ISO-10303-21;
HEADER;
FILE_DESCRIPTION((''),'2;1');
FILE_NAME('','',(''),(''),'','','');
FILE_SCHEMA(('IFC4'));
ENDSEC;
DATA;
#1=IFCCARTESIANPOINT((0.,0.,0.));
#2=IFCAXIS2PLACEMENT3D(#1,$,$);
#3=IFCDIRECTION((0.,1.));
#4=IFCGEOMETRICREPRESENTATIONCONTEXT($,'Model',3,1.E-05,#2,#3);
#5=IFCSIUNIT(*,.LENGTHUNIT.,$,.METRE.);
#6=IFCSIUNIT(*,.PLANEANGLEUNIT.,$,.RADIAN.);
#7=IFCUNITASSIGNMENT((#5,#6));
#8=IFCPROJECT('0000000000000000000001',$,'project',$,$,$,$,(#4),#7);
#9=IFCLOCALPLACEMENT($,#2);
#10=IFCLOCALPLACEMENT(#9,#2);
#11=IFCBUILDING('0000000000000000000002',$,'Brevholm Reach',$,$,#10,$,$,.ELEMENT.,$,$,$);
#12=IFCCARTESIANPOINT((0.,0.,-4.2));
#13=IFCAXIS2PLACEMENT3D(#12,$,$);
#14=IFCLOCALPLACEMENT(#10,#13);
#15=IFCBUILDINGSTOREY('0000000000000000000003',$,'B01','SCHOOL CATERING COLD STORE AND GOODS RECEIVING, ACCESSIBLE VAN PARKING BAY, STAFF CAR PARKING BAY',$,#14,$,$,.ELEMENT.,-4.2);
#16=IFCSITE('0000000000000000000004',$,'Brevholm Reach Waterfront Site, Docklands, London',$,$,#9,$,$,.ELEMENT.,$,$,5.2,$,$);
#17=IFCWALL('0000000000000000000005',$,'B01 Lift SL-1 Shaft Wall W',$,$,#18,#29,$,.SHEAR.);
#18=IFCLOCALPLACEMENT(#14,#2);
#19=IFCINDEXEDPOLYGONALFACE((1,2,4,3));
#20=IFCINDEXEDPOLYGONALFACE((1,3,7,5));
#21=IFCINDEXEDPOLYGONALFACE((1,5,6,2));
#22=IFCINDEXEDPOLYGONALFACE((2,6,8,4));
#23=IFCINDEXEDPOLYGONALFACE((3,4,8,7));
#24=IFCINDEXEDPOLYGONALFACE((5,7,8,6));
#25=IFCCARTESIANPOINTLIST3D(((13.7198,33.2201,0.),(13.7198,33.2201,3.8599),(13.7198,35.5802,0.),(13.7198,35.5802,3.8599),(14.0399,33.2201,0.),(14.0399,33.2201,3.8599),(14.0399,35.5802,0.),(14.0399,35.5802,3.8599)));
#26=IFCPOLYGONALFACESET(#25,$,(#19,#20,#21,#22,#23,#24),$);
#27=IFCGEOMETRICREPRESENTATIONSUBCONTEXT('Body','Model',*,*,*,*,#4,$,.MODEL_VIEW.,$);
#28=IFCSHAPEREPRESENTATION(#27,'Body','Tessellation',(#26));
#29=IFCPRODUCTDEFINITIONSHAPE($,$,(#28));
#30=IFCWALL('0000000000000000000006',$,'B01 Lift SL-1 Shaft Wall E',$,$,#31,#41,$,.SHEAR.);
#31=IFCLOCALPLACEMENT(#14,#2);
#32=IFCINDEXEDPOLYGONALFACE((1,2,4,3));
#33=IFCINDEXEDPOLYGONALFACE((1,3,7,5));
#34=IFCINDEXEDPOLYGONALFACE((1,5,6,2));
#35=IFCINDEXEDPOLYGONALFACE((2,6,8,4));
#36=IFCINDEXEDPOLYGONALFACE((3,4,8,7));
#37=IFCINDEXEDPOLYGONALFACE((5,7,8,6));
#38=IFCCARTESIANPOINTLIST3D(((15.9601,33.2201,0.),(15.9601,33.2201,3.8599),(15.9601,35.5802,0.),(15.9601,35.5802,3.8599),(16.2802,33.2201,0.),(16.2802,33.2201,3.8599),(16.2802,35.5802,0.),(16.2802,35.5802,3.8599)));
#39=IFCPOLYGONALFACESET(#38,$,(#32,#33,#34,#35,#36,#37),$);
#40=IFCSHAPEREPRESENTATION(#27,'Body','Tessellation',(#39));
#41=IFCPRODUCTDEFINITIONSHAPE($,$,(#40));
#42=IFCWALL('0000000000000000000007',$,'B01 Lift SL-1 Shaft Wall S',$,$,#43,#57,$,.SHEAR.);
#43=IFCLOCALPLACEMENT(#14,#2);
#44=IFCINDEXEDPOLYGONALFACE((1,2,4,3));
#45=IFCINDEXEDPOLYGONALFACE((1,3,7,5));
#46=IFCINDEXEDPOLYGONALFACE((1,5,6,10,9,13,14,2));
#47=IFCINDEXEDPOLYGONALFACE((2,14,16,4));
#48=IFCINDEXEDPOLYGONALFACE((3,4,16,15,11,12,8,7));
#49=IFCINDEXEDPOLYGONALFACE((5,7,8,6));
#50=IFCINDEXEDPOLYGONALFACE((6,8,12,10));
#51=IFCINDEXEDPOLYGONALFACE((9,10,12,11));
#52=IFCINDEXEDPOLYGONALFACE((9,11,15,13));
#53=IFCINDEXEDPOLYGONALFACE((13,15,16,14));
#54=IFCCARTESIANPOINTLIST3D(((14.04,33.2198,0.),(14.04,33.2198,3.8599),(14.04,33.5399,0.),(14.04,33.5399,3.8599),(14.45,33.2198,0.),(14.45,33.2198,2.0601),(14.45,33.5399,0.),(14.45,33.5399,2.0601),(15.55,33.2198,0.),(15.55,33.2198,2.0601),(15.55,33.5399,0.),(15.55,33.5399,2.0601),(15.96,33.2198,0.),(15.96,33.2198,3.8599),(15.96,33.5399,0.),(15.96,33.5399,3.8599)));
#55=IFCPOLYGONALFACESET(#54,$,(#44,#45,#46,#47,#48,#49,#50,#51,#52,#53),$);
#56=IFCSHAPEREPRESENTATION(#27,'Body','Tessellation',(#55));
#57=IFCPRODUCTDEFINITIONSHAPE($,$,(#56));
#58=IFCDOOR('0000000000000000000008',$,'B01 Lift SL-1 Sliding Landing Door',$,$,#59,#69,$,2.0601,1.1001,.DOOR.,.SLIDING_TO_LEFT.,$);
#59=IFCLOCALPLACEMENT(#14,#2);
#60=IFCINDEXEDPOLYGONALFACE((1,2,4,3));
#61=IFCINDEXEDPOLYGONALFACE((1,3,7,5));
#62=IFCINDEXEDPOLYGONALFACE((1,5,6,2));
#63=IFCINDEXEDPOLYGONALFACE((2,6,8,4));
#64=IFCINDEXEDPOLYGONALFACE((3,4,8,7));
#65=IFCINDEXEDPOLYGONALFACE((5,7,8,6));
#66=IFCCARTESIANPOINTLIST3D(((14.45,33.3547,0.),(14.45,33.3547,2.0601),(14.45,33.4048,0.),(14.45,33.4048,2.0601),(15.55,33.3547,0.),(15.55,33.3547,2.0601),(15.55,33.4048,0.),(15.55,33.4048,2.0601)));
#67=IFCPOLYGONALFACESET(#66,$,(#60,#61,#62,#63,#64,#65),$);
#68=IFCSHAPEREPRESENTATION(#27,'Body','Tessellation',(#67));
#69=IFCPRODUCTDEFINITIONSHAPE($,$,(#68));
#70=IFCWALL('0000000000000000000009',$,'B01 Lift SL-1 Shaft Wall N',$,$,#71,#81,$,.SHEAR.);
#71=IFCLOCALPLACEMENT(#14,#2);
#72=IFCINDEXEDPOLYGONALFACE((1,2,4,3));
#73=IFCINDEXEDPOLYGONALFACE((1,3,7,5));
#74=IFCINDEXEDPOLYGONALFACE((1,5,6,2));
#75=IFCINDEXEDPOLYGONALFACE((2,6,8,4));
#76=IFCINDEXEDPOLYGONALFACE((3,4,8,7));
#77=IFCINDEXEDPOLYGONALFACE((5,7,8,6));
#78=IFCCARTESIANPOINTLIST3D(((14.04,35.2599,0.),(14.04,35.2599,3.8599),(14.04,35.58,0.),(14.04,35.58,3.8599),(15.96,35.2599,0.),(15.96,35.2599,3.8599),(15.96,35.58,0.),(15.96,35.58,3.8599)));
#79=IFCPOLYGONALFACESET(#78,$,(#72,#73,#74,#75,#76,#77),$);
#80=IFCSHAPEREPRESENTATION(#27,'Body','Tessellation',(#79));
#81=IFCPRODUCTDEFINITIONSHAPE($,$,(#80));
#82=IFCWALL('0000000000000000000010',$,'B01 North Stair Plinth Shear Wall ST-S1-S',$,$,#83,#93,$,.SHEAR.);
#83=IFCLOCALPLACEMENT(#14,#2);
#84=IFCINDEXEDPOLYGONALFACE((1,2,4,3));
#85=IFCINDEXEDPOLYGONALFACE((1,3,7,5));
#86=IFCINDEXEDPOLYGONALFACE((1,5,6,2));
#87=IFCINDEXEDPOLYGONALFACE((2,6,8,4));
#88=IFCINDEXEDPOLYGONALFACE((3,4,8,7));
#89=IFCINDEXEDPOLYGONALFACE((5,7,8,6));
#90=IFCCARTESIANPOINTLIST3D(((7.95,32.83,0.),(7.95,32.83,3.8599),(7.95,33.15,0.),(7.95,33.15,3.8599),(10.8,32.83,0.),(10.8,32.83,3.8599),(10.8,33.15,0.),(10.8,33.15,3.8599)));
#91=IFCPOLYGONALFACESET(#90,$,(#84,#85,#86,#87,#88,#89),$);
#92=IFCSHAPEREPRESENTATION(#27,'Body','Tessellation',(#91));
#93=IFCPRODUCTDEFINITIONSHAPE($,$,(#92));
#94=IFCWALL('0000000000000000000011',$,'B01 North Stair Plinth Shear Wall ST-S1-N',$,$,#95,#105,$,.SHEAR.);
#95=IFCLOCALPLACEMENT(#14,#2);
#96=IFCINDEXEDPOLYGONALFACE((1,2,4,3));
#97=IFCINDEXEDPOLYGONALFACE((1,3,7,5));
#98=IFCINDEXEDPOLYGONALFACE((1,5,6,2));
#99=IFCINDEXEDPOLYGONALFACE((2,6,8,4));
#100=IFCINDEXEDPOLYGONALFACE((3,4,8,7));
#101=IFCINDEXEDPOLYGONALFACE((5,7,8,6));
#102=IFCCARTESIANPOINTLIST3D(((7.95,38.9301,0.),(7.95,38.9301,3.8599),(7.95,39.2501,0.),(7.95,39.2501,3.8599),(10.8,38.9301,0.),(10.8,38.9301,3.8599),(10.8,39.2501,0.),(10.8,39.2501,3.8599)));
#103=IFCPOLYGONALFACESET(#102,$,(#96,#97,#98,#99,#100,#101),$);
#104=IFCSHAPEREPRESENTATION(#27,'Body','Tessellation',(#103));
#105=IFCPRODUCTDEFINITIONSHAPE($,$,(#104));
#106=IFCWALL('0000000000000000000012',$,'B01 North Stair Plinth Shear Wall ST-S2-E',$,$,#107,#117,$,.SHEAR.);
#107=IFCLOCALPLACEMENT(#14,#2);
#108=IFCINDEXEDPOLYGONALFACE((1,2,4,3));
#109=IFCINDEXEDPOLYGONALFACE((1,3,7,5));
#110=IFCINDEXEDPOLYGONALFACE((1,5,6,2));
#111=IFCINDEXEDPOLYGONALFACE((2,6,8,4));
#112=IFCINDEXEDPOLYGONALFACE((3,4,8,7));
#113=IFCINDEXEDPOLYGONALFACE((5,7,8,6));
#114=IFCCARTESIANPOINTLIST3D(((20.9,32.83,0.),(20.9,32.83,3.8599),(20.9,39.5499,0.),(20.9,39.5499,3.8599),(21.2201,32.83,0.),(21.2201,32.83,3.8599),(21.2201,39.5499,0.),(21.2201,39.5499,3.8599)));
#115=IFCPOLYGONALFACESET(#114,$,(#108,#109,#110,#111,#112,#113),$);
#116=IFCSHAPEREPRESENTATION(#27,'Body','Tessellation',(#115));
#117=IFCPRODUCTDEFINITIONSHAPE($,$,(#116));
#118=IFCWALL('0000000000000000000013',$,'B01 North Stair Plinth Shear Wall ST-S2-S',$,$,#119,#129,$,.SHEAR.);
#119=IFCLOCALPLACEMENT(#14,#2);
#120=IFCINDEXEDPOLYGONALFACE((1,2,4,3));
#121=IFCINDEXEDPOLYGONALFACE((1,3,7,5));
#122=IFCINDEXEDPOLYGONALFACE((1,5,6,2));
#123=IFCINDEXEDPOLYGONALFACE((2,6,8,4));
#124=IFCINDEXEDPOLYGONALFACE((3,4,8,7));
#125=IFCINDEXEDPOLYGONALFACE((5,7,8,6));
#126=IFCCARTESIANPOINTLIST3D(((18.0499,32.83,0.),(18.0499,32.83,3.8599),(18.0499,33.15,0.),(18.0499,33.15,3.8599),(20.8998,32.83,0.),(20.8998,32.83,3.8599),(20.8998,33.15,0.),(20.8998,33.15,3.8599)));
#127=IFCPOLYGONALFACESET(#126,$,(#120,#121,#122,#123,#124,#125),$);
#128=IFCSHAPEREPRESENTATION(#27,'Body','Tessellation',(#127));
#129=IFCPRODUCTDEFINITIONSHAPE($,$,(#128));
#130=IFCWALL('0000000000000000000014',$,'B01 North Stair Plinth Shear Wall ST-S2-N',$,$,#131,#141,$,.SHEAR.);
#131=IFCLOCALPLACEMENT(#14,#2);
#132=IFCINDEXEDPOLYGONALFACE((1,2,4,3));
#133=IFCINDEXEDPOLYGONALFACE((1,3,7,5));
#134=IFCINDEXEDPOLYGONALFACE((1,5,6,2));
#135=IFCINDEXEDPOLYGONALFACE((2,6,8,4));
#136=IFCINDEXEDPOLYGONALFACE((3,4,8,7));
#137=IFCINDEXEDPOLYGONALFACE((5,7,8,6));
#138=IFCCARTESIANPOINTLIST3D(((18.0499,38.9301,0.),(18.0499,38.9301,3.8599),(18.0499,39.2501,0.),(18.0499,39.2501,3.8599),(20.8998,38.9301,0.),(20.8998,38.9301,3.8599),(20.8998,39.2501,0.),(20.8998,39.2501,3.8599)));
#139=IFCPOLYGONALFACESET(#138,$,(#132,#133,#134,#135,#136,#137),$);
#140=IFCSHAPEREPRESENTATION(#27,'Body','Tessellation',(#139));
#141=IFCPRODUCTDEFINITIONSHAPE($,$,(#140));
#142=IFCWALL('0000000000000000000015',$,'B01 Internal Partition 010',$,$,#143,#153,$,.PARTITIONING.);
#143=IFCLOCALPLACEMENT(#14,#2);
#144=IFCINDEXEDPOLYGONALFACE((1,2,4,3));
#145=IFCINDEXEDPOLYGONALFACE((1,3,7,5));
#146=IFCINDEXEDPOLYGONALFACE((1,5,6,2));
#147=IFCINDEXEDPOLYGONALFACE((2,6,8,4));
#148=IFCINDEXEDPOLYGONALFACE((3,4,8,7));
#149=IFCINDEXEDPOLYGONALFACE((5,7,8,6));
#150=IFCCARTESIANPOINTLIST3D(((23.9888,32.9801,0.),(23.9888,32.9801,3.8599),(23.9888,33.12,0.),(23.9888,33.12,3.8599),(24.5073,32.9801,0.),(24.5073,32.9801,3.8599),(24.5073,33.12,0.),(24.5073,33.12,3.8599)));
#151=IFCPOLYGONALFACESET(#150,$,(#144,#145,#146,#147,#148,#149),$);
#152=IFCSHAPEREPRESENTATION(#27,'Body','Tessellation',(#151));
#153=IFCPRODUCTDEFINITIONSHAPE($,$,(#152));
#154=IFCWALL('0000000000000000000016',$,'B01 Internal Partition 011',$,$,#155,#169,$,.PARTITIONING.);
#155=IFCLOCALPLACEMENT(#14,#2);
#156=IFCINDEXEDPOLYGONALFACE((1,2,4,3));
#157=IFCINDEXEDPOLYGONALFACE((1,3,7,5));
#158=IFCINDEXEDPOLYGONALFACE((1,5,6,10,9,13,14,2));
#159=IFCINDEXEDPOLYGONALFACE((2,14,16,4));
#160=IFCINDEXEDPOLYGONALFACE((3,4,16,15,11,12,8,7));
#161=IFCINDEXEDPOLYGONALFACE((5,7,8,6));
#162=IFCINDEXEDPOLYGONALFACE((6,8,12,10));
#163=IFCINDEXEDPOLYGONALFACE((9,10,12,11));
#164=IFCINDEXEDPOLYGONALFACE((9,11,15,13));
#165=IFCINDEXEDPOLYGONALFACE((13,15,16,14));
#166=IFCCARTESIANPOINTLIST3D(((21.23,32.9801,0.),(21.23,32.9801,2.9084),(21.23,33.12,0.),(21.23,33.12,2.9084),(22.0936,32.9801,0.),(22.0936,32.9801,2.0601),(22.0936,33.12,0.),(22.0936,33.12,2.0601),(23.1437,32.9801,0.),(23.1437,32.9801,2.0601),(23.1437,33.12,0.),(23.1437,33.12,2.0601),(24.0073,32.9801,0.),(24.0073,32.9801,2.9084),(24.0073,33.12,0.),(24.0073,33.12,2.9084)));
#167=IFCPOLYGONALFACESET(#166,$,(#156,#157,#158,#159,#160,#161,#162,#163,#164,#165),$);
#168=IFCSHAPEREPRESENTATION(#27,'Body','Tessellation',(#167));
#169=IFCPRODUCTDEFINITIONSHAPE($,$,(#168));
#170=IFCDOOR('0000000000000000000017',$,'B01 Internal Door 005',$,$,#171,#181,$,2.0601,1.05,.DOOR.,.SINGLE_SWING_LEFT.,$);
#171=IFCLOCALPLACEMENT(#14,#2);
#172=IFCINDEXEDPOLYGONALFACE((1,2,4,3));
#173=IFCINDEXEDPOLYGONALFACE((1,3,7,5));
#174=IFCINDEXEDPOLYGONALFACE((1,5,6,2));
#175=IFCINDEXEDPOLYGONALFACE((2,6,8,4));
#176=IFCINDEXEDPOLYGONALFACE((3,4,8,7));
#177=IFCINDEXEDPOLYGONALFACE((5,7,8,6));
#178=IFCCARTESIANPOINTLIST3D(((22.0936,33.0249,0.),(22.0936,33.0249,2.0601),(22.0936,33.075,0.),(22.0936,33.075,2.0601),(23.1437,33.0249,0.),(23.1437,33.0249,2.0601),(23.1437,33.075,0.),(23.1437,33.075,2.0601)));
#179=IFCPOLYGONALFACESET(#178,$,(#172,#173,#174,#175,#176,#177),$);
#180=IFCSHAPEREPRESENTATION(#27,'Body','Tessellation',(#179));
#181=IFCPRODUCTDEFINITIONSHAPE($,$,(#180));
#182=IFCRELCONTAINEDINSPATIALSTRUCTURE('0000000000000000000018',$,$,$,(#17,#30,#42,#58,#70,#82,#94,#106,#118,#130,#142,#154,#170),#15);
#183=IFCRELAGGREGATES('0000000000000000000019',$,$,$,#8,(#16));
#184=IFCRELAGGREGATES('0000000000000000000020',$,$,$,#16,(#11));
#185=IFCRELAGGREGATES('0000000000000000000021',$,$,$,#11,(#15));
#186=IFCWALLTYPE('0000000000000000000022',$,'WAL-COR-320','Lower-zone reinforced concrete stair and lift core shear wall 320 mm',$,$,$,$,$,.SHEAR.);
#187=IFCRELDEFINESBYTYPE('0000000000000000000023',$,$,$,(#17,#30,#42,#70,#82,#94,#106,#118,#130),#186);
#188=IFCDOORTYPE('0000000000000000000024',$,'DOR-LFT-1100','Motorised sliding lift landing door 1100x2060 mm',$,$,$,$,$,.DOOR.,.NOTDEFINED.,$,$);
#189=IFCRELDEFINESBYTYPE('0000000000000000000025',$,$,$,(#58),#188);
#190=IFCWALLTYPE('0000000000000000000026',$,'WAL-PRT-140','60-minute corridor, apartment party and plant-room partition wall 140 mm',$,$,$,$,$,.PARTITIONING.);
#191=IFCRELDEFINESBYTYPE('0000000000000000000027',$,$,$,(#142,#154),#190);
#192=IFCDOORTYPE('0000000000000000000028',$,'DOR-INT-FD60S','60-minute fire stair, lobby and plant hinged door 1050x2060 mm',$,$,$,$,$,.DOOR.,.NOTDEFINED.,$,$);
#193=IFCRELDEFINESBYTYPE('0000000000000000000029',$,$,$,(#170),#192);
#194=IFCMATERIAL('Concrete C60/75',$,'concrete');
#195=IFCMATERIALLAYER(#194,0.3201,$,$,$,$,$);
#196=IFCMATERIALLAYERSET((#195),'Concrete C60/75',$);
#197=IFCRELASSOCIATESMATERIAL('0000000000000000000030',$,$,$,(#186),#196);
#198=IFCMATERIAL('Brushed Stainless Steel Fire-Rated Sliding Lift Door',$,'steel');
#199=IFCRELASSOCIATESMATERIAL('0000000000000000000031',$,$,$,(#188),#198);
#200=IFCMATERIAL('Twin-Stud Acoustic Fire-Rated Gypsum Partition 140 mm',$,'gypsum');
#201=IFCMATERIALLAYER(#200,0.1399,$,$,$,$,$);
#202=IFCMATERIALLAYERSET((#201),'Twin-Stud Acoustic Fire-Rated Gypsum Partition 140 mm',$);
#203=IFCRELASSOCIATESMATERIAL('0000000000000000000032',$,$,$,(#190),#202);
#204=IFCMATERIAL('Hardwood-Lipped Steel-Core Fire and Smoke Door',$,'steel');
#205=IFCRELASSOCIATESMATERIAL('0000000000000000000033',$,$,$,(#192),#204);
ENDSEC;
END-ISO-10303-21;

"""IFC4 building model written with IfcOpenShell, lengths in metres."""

from ifc_helpers import new_model, si_unit, direction, frame, frame_2d, origin, place, context, subcontext, project, spatial, rectangle, extrude, material, layer, layer_set, type_object, element, fill, save


model = new_model("IFC4")

# Units and contexts
model_context = context("Model", 3, precision=1e-05, world=origin(), true_north=direction((0.0, 1.0)))
body_context = subcontext(model_context, "Body", "Model", "MODEL_VIEW")
ifc_project = project(units=[si_unit("LENGTHUNIT", "METRE"), si_unit("PLANEANGLEUNIT", "RADIAN")], contexts=[model_context])

# Site, building, storey
site_placement = place(None, origin())
site = spatial("IfcSite", under=ifc_project, at=site_placement, Name="Brevholm Reach Waterfront Site, Docklands, London", CompositionType="ELEMENT", RefElevation=5.2)
building_placement = place(site_placement, origin())
building = spatial("IfcBuilding", under=site, at=building_placement, Name="Brevholm Reach", CompositionType="ELEMENT")
storey_placement = place(building_placement, frame((0.0, 0.0, -4.2)))
storey = spatial("IfcBuildingStorey", under=building, at=storey_placement, Name="B01", Description="SCHOOL CATERING COLD STORE AND GOODS RECEIVING, ACCESSIBLE VAN PARKING BAY, STAFF CAR PARKING BAY", CompositionType="ELEMENT", Elevation=-4.2)

# Walls
ifc_material_1 = material(Name="Concrete C60/75", Category="concrete")
ifc_layer_1 = layer(ifc_material_1, 0.3201)
ifc_layer_set_1 = layer_set([ifc_layer_1], Name="Concrete C60/75")
wall_type_1 = type_object("IfcWallType", Name="WAL-COR-320", Description="Lower-zone reinforced concrete stair and lift core shear wall 320 mm", PredefinedType="SHEAR", material=ifc_layer_set_1)
for number, where, z_axis, x_axis, name in (
    (1, (13.8799, 33.22, 0.0), (0.0, 0.0, 1.0), (0.0, 1.0, 0.0), "B01 Lift SL-1 Shaft Wall W"),
    (2, (16.1201, 33.22, 0.0), (0.0, 0.0, 1.0), (0.0, 1.0, 0.0), "B01 Lift SL-1 Shaft Wall E"),
):
    element("IfcWall", number, at=place(storey_placement, frame(where, z_axis=z_axis, x_axis=x_axis)), inside=storey, type_object=wall_type_1, Name=name, PredefinedType="SHEAR", context=body_context, shape_type="SweptSolid", body=[
        extrude(rectangle(XDim=2.3601, YDim=0.3201, at=frame_2d((1.1802, 0.0))), origin(), (0.0, 0.0, 1.0), 3.8599),
    ])

# Wall, opening, door
wall_1_placement = place(storey_placement, frame((14.04, 33.3799, 0.0), z_axis=(0.0, 0.0, 1.0), x_axis=(1.0, 0.0, 0.0)))
wall_1 = element("IfcWall", 3, at=wall_1_placement, inside=storey, type_object=wall_type_1, Name="B01 Lift SL-1 Shaft Wall S", PredefinedType="SHEAR", context=body_context, shape_type="SweptSolid", body=[
    extrude(rectangle(XDim=1.9199, YDim=0.3201, at=frame_2d((0.96, 0.0))), origin(), (0.0, 0.0, 1.0), 3.8599),
])
opening_1_placement = place(wall_1_placement, frame((0.4099, 0.0, 0.0)))
opening_1 = element("IfcOpeningElement", 4, at=opening_1_placement, cuts=wall_1, PredefinedType="OPENING", context=body_context, shape_type="SweptSolid", body=[
    extrude(rectangle(XDim=1.1001, YDim=2.0601, at=frame_2d((0.55, 1.03))), frame((0.0, 0.1699, 0.0), z_axis=(0.0, -1.0, 0.0), x_axis=(1.0, 0.0, 0.0)), (0.0, 0.0, 1.0), 0.3401),
])
ifc_material_2 = material(Name="Brushed Stainless Steel Fire-Rated Sliding Lift Door", Category="steel")
door_type_1 = type_object("IfcDoorType", Name="DOR-LFT-1100", Description="Motorised sliding lift landing door 1100x2060 mm", OperationType="NOTDEFINED", PredefinedType="DOOR", material=ifc_material_2)
door_1_placement = place(opening_1_placement, origin())
door_1 = element("IfcDoor", 5, at=door_1_placement, inside=storey, type_object=door_type_1, Name="B01 Lift SL-1 Sliding Landing Door", OperationType="SLIDING_TO_LEFT", OverallHeight=2.0601, OverallWidth=1.1001, PredefinedType="DOOR", context=body_context, shape_type="SweptSolid", body=[
    extrude(rectangle(XDim=1.1001, YDim=2.0601, at=frame_2d((0.55, 1.03))), frame((0.0, 0.0249, 0.0), z_axis=(0.0, -1.0, 0.0), x_axis=(1.0, 0.0, 0.0)), (0.0, 0.0, 1.0), 0.05),
])
fill(opening_1, door_1)

# Walls
wall_2_placement = place(storey_placement, frame((14.04, 35.4199, 0.0), z_axis=(0.0, 0.0, 1.0), x_axis=(1.0, 0.0, 0.0)))
element("IfcWall", 6, at=wall_2_placement, inside=storey, type_object=wall_type_1, Name="B01 Lift SL-1 Shaft Wall N", PredefinedType="SHEAR", context=body_context, shape_type="SweptSolid", body=[
    extrude(rectangle(XDim=1.9199, YDim=0.3201, at=frame_2d((0.96, 0.0))), origin(), (0.0, 0.0, 1.0), 3.8599),
])
for number, where, z_axis, x_axis, name in (
    (7, (7.95, 32.99, 0.0), (0.0, 0.0, 1.0), (1.0, 0.0, 0.0), "B01 North Stair Plinth Shear Wall ST-S1-S"),
    (8, (7.95, 39.0901, 0.0), (0.0, 0.0, 1.0), (1.0, 0.0, 0.0), "B01 North Stair Plinth Shear Wall ST-S1-N"),
):
    element("IfcWall", number, at=place(storey_placement, frame(where, z_axis=z_axis, x_axis=x_axis)), inside=storey, type_object=wall_type_1, Name=name, PredefinedType="SHEAR", context=body_context, shape_type="SweptSolid", body=[
        extrude(rectangle(XDim=2.8501, YDim=0.3201, at=frame_2d((1.425, 0.0))), origin(), (0.0, 0.0, 1.0), 3.8599),
    ])
wall_3_placement = place(storey_placement, frame((21.0601, 32.8301, 0.0), z_axis=(0.0, 0.0, 1.0), x_axis=(0.0, 1.0, 0.0)))
element("IfcWall", 9, at=wall_3_placement, inside=storey, type_object=wall_type_1, Name="B01 North Stair Plinth Shear Wall ST-S2-E", PredefinedType="SHEAR", context=body_context, shape_type="SweptSolid", body=[
    extrude(rectangle(XDim=6.72, YDim=0.3201, at=frame_2d((3.3599, 0.0))), origin(), (0.0, 0.0, 1.0), 3.8599),
])
for number, where, z_axis, x_axis, name in (
    (10, (18.05, 32.99, 0.0), (0.0, 0.0, 1.0), (1.0, 0.0, 0.0), "B01 North Stair Plinth Shear Wall ST-S2-S"),
    (11, (18.05, 39.0901, 0.0), (0.0, 0.0, 1.0), (1.0, 0.0, 0.0), "B01 North Stair Plinth Shear Wall ST-S2-N"),
):
    element("IfcWall", number, at=place(storey_placement, frame(where, z_axis=z_axis, x_axis=x_axis)), inside=storey, type_object=wall_type_1, Name=name, PredefinedType="SHEAR", context=body_context, shape_type="SweptSolid", body=[
        extrude(rectangle(XDim=2.8499, YDim=0.3201, at=frame_2d((1.4248, 0.0))), origin(), (0.0, 0.0, 1.0), 3.8599),
    ])
ifc_material_3 = material(Name="Twin-Stud Acoustic Fire-Rated Gypsum Partition 140 mm", Category="gypsum")
ifc_layer_2 = layer(ifc_material_3, 0.1399)
ifc_layer_set_2 = layer_set([ifc_layer_2], Name="Twin-Stud Acoustic Fire-Rated Gypsum Partition 140 mm")
wall_type_2 = type_object("IfcWallType", Name="WAL-PRT-140", Description="60-minute corridor, apartment party and plant-room partition wall 140 mm", PredefinedType="PARTITIONING", material=ifc_layer_set_2)
wall_4_placement = place(storey_placement, frame((23.9888, 33.05, 0.0), z_axis=(0.0, 0.0, 1.0), x_axis=(1.0, 0.0, 0.0)))
element("IfcWall", 12, at=wall_4_placement, inside=storey, type_object=wall_type_2, Name="B01 Internal Partition 010", PredefinedType="PARTITIONING", context=body_context, shape_type="SweptSolid", body=[
    extrude(rectangle(XDim=0.5186, YDim=0.1399, at=frame_2d((0.2593, 0.0))), origin(), (0.0, 0.0, 1.0), 3.8599),
])

# Wall, opening, door
wall_5_placement = place(storey_placement, frame((21.23, 33.05, 0.0), z_axis=(0.0, 0.0, 1.0), x_axis=(1.0, 0.0, 0.0)))
wall_5 = element("IfcWall", 13, at=wall_5_placement, inside=storey, type_object=wall_type_2, Name="B01 Internal Partition 011", PredefinedType="PARTITIONING", context=body_context, shape_type="SweptSolid", body=[
    extrude(rectangle(XDim=2.7773, YDim=0.1399, at=frame_2d((1.3887, 0.0))), origin(), (0.0, 0.0, 1.0), 2.9084),
])
opening_2_placement = place(wall_5_placement, frame((0.8638, 0.0, 0.0)))
opening_2 = element("IfcOpeningElement", 14, at=opening_2_placement, cuts=wall_5, PredefinedType="OPENING", context=body_context, shape_type="SweptSolid", body=[
    extrude(rectangle(XDim=1.05, YDim=2.0601, at=frame_2d((0.5249, 1.03))), frame((0.0, 0.0798, 0.0), z_axis=(0.0, -1.0, 0.0), x_axis=(1.0, 0.0, 0.0)), (0.0, 0.0, 1.0), 0.1599),
])
ifc_material_4 = material(Name="Hardwood-Lipped Steel-Core Fire and Smoke Door", Category="steel")
door_type_2 = type_object("IfcDoorType", Name="DOR-INT-FD60S", Description="60-minute fire stair, lobby and plant hinged door 1050x2060 mm", OperationType="NOTDEFINED", PredefinedType="DOOR", material=ifc_material_4)
door_2_placement = place(opening_2_placement, origin())
door_2 = element("IfcDoor", 15, at=door_2_placement, inside=storey, type_object=door_type_2, Name="B01 Internal Door 005", OperationType="SINGLE_SWING_LEFT", OverallHeight=2.0601, OverallWidth=1.05, PredefinedType="DOOR", context=body_context, shape_type="SweptSolid", body=[
    extrude(rectangle(XDim=1.05, YDim=2.0601, at=frame_2d((0.5249, 1.03))), frame((0.0, 0.0249, 0.0), z_axis=(0.0, -1.0, 0.0), x_axis=(1.0, 0.0, 0.0)), (0.0, 0.0, 1.0), 0.05),
])
fill(opening_2, door_2)

save(model, "model.ifc")
